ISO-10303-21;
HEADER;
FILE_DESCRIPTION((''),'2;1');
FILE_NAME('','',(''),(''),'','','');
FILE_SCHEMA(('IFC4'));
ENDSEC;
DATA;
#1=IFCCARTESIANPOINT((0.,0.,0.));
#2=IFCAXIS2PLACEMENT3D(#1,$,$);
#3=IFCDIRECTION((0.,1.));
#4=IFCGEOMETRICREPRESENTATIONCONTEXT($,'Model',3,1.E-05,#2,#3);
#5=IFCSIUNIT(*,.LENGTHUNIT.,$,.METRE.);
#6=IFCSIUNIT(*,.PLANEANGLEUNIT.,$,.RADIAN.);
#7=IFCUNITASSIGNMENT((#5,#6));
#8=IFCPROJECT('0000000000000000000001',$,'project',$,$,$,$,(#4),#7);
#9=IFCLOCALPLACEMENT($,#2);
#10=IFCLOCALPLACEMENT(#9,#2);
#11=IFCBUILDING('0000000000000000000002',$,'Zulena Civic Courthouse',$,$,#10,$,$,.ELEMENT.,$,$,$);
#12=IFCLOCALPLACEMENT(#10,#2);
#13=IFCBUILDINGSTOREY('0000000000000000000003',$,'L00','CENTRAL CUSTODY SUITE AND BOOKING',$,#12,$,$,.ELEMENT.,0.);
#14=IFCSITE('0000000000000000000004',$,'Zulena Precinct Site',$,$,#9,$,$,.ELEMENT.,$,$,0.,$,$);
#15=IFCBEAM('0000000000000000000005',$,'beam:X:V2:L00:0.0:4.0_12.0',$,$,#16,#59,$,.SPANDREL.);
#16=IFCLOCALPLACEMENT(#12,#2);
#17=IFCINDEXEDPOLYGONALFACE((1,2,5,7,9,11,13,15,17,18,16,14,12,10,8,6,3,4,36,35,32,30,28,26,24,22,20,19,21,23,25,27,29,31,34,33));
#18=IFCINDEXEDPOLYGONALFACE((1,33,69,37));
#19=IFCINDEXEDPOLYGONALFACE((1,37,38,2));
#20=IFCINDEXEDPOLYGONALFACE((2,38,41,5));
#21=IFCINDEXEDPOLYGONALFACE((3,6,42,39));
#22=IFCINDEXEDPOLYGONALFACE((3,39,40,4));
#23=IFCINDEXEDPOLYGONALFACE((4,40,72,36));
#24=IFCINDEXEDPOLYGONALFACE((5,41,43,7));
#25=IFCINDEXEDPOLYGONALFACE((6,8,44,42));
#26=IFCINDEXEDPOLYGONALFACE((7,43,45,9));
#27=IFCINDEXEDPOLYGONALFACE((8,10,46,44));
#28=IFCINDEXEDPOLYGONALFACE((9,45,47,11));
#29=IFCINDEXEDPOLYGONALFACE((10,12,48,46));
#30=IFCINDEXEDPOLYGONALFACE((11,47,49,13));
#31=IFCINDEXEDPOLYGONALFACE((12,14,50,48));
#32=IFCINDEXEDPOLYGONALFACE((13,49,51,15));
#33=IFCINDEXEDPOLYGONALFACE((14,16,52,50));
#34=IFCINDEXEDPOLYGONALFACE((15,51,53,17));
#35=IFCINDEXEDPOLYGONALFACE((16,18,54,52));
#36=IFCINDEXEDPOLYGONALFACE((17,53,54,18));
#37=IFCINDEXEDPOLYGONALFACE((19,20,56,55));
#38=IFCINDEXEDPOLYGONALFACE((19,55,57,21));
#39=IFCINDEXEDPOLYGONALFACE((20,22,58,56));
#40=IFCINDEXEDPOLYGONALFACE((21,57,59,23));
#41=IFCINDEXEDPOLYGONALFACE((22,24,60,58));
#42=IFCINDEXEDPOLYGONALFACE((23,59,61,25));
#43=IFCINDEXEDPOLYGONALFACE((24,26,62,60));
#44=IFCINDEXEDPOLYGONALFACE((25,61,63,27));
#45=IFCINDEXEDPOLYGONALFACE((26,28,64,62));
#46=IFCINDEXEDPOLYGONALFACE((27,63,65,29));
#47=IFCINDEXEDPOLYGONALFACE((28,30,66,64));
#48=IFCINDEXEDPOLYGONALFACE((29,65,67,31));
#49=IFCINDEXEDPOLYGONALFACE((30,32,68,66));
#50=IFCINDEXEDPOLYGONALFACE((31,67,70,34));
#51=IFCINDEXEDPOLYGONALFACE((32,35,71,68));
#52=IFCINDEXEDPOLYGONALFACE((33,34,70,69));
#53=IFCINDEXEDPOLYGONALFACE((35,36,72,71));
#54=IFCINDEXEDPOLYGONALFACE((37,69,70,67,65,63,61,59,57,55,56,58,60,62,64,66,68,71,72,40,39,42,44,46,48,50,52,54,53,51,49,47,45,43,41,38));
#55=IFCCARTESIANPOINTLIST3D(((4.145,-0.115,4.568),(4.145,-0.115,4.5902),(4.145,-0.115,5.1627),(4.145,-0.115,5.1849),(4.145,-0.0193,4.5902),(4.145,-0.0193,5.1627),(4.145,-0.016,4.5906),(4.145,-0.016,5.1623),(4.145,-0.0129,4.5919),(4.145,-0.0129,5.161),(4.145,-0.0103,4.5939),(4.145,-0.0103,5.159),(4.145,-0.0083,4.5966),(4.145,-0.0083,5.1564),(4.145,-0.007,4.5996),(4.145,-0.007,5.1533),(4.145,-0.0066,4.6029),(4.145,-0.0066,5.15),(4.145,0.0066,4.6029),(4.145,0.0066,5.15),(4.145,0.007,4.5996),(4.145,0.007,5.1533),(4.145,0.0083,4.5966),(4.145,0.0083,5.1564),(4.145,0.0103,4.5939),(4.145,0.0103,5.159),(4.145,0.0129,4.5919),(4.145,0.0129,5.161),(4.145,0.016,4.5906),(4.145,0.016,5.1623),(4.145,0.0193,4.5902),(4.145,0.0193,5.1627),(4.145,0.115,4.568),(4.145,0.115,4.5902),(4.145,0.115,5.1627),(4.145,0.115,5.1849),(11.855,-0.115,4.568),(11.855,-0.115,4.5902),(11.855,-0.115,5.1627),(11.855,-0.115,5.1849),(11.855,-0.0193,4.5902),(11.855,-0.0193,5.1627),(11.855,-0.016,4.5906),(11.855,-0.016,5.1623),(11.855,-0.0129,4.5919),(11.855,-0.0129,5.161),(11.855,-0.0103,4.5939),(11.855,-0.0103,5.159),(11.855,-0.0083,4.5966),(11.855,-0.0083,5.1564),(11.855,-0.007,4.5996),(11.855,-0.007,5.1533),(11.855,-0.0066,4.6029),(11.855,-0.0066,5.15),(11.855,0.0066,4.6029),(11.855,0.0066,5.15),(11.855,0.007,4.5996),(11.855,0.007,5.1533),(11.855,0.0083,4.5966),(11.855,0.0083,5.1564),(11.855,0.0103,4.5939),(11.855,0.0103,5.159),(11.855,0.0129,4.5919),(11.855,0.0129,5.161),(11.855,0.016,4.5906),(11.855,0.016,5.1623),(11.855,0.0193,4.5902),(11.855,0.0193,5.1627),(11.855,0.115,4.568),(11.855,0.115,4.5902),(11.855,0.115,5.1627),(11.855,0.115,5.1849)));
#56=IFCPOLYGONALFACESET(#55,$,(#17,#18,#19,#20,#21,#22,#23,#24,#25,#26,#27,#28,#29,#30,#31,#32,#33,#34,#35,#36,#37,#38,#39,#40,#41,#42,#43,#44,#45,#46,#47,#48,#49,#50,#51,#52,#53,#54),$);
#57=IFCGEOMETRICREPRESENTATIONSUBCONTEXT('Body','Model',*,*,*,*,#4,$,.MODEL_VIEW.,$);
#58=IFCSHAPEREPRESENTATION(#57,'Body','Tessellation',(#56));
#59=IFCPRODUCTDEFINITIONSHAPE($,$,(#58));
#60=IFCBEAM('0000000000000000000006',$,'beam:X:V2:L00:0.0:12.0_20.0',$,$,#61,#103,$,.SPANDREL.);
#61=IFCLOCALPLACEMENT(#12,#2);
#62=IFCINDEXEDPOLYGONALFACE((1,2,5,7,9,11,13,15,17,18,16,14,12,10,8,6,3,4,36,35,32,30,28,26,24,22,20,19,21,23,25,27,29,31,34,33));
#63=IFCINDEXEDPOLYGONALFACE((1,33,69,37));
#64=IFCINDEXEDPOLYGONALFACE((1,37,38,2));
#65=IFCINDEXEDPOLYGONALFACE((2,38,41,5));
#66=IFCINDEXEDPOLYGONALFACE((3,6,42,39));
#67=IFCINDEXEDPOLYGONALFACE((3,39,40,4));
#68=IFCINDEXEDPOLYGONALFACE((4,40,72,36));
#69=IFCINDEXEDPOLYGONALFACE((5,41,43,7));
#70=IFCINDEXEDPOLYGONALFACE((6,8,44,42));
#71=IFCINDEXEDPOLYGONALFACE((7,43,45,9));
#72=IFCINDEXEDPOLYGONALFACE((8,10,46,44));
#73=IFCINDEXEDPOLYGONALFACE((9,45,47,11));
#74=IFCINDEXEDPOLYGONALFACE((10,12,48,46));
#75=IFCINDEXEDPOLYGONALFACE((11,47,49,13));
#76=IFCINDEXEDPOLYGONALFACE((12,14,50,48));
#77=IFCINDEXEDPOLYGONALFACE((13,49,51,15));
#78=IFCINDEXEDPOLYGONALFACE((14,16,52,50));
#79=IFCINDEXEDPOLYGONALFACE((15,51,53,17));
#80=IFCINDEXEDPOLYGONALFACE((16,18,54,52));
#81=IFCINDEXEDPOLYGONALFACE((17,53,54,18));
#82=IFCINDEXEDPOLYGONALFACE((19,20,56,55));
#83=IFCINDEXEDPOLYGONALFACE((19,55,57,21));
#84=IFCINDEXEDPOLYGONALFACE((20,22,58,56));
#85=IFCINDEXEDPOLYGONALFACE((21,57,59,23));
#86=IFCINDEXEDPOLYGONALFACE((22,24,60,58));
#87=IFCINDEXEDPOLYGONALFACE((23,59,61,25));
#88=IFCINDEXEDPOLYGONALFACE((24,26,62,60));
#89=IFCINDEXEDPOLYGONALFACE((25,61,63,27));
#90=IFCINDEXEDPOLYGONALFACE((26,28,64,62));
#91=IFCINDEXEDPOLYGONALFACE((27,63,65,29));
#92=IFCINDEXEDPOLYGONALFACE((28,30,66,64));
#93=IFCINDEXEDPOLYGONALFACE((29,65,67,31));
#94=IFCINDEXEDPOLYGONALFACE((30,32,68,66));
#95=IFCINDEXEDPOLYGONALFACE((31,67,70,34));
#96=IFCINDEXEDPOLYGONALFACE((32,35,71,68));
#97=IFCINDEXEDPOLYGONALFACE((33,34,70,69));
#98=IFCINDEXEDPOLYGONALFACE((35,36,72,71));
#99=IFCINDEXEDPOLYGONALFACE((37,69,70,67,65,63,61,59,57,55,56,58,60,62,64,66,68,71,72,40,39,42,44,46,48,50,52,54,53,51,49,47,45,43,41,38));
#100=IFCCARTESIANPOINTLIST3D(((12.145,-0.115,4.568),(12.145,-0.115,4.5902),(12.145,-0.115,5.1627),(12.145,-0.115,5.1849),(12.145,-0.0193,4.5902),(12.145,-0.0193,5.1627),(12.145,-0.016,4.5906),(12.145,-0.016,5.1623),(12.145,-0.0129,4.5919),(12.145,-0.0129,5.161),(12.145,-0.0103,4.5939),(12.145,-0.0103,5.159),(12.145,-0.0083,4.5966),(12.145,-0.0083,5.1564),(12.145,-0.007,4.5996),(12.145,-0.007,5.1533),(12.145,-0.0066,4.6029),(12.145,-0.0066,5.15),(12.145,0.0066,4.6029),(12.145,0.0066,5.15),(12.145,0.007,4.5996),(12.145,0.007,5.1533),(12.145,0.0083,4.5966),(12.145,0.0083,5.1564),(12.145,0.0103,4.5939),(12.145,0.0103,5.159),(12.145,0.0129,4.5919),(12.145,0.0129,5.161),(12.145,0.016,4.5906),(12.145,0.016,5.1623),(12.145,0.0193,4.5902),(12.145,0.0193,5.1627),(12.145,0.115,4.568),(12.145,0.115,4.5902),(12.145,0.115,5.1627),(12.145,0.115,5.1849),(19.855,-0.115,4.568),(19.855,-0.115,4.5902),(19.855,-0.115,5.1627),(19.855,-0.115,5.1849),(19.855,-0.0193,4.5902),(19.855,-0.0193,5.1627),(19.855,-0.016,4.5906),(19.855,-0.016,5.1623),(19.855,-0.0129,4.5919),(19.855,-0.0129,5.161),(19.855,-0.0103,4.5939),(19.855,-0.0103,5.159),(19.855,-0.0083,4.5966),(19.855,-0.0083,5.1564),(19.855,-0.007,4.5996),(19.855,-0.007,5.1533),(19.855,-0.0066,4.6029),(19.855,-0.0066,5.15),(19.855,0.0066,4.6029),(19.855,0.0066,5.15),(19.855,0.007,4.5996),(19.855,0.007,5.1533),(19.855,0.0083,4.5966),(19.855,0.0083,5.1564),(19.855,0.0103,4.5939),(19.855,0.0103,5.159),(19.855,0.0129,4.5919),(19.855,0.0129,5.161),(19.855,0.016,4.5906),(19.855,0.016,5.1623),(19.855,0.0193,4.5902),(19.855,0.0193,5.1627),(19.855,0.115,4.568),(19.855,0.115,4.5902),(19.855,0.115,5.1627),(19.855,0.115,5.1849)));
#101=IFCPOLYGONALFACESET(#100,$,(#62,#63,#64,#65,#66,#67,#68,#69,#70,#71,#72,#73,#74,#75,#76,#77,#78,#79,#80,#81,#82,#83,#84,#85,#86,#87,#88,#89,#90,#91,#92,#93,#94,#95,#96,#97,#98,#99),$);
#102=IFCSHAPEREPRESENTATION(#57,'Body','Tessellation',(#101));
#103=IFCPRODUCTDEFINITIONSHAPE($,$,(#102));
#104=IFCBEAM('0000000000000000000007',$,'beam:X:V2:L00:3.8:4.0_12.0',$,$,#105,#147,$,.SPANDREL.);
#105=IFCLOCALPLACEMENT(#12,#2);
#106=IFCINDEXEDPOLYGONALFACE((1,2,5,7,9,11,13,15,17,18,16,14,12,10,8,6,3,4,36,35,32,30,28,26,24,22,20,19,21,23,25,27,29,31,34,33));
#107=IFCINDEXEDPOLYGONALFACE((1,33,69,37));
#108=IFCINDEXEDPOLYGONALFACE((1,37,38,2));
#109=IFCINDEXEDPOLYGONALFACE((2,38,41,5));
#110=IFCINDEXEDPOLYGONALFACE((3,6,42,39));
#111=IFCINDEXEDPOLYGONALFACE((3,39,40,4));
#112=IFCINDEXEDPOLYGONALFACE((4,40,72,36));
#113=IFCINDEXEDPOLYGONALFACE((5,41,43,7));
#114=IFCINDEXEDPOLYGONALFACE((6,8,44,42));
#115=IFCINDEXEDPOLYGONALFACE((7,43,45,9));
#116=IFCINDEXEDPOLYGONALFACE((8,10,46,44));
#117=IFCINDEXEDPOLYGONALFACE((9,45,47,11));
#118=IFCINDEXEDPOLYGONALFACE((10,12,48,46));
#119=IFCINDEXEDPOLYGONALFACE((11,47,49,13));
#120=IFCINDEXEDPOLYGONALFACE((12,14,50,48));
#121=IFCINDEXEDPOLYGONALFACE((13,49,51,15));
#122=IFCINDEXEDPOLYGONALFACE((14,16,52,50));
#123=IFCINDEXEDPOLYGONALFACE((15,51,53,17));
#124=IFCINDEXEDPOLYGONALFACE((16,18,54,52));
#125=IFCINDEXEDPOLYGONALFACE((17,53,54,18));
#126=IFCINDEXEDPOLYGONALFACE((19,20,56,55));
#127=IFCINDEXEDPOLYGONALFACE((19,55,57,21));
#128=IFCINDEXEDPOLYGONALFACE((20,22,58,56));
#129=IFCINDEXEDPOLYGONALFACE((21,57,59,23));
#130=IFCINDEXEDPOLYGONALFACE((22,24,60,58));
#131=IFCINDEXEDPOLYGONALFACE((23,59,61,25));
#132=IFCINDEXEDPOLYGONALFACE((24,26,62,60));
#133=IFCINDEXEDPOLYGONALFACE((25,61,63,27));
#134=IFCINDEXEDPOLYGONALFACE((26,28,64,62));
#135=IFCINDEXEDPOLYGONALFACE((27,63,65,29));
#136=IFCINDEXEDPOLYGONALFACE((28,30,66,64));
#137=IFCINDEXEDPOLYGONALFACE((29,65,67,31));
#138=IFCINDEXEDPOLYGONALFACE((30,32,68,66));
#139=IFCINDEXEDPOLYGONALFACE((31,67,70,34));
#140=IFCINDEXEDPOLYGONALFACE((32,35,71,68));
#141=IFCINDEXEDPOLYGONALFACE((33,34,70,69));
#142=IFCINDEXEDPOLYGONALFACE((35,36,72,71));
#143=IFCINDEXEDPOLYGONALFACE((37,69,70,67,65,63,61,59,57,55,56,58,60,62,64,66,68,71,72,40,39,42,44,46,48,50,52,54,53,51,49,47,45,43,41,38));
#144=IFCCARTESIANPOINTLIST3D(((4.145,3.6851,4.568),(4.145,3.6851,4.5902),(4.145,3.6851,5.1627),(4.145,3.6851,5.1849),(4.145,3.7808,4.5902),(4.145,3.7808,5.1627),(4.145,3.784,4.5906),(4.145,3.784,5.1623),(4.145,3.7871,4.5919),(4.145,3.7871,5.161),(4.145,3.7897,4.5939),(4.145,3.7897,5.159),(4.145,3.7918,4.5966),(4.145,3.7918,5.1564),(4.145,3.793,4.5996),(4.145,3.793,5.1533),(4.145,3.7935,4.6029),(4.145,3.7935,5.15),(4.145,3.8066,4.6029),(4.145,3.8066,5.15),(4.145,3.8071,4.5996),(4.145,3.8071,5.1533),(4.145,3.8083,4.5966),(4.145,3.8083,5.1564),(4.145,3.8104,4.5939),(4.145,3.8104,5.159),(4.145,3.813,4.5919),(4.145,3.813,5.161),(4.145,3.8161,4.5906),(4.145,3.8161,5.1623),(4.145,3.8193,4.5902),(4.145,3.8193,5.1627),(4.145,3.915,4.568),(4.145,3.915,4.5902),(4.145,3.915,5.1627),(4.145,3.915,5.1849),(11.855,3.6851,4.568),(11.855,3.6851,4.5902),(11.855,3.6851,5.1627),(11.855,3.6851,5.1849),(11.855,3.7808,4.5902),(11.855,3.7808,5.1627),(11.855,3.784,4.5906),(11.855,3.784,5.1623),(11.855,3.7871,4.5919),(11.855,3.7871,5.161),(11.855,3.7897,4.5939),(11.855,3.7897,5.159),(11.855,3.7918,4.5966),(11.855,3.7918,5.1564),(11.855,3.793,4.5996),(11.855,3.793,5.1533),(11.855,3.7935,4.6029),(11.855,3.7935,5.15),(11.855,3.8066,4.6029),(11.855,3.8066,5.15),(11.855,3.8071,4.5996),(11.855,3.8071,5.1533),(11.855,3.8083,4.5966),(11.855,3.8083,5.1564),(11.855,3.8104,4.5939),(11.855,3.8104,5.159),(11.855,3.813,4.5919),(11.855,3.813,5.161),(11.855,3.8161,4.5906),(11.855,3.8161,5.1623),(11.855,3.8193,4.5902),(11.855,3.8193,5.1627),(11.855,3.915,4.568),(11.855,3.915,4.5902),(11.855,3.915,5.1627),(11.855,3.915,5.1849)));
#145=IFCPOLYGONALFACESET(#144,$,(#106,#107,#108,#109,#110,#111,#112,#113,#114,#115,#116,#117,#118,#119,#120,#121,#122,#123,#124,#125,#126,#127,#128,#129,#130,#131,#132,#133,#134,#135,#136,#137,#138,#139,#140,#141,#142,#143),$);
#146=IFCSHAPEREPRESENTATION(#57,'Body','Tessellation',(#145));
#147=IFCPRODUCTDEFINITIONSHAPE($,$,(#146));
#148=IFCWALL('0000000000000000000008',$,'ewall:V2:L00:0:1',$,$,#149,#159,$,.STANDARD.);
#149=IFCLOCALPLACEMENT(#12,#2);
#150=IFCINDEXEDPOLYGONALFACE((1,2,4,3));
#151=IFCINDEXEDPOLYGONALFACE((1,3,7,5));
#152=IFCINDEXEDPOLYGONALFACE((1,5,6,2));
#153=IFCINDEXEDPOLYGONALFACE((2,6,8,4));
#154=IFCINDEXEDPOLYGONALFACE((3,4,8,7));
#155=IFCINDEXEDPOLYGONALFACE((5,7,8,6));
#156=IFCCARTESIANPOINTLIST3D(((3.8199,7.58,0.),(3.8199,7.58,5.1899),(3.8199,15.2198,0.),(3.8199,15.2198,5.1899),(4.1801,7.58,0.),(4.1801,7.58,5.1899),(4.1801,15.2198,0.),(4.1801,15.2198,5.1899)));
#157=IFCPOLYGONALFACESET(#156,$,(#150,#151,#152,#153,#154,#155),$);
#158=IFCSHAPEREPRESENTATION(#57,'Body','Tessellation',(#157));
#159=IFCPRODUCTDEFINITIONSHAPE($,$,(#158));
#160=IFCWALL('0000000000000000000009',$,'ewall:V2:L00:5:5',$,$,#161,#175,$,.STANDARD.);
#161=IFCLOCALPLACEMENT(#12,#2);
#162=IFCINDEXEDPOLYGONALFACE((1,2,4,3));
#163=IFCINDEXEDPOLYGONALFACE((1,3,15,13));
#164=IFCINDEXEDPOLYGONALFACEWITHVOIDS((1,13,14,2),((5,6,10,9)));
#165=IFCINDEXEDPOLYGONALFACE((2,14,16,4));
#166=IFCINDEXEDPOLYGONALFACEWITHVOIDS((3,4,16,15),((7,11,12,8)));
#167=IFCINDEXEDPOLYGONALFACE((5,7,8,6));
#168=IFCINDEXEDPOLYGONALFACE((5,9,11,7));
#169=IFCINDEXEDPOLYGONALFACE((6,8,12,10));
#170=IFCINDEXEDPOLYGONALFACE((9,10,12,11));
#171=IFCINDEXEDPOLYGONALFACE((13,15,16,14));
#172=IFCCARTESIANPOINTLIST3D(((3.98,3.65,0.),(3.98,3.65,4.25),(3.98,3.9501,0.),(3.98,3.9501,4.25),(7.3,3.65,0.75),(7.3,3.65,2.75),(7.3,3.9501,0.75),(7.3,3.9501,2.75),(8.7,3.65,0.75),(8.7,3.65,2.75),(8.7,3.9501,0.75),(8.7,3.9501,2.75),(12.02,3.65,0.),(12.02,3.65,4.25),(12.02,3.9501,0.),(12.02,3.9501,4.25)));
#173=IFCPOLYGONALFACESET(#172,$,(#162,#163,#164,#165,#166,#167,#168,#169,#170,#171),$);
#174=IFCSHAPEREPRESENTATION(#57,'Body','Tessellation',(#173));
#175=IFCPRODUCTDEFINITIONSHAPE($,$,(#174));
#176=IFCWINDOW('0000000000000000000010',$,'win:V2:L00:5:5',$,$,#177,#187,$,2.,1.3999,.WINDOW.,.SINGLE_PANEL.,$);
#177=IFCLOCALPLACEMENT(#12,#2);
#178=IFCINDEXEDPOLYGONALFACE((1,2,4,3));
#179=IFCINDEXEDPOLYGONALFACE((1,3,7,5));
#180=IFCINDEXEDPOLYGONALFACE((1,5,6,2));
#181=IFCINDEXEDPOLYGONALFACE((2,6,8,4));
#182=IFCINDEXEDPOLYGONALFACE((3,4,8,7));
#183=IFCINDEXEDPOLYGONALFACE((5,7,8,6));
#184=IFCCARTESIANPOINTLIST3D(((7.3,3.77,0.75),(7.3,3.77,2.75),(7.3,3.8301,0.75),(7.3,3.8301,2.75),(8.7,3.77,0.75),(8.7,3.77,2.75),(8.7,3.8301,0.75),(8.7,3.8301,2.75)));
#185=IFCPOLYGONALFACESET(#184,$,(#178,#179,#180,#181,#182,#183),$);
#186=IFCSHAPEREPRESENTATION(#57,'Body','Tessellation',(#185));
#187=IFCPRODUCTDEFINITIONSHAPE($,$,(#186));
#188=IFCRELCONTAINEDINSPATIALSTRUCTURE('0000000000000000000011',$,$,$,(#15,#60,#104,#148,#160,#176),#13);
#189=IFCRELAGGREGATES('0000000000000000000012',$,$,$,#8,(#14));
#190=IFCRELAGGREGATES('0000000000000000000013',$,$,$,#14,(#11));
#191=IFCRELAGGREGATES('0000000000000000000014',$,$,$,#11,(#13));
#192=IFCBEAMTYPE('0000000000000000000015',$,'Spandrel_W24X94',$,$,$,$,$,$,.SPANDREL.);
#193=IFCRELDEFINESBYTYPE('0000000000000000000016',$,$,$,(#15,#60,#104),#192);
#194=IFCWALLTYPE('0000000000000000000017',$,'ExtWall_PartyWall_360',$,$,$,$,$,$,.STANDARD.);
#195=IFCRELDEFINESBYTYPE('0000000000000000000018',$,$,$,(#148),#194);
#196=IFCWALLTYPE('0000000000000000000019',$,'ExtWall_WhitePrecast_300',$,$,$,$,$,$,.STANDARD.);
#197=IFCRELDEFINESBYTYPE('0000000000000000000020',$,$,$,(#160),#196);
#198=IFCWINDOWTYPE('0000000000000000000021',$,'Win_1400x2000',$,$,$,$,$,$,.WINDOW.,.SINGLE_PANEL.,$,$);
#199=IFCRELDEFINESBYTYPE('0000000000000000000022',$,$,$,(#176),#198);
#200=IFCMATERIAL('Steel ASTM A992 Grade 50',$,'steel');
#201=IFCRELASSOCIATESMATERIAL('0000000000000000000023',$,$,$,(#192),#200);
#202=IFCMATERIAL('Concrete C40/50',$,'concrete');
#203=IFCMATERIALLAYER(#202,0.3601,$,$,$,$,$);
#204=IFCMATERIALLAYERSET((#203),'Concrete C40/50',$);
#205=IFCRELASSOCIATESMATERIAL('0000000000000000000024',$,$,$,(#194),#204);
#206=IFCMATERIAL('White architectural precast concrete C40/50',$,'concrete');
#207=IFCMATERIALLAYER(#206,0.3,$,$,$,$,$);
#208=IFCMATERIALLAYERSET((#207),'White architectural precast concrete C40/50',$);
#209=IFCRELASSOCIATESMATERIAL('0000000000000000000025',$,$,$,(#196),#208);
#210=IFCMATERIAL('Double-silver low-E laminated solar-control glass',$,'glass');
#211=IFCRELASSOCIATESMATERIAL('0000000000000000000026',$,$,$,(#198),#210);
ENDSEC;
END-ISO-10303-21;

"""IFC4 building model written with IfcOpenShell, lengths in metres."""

from ifc_helpers import new_model, si_unit, direction, frame, frame_2d, origin, origin_2d, place, context, subcontext, project, spatial, rectangle, i_section, extrude, material, layer, layer_set, material_profile, profile_set, type_object, element, fill, save


model = new_model("IFC4")

# Units and contexts
model_context = context("Model", 3, precision=1e-05, world=origin(), true_north=direction((0.0, 1.0)))
body_context = subcontext(model_context, "Body", "Model", "MODEL_VIEW")
ifc_project = project(units=[si_unit("LENGTHUNIT", "METRE"), si_unit("PLANEANGLEUNIT", "RADIAN")], contexts=[model_context])

# Site, building, storey
site_placement = place(None, origin())
site = spatial("IfcSite", under=ifc_project, at=site_placement, Name="Zulena Precinct Site", CompositionType="ELEMENT", RefElevation=0.0)
building_placement = place(site_placement, origin())
building = spatial("IfcBuilding", under=site, at=building_placement, Name="Zulena Civic Courthouse", CompositionType="ELEMENT")
storey_placement = place(building_placement, origin())
storey = spatial("IfcBuildingStorey", under=building, at=storey_placement, Name="L00", Description="CENTRAL CUSTODY SUITE AND BOOKING", CompositionType="ELEMENT", Elevation=0.0)

# Shared definitions
ifc_material_1 = material(Name="Concrete C40/50", Category="concrete")

# Shared definitions
ifc_material_2 = material(Name="Steel ASTM A992 Grade 50", Category="steel")

# Beams
ifc_material_profile_1 = material_profile(ifc_material_2, i_section(OverallWidth=0.23, OverallDepth=0.6169, WebThickness=0.0132, FlangeThickness=0.0222, FilletRadius=0.0127, at=origin_2d()), Name="W24X94")
ifc_profile_set_1 = profile_set([ifc_material_profile_1], Name="Steel ASTM A992 Grade 50")
beam_type_1 = type_object("IfcBeamType", Name="Spandrel_W24X94", PredefinedType="SPANDREL", material=ifc_profile_set_1)
for number, where, z_axis, x_axis, name in (
    (1, (4.145, 0.0, 4.8765), (1.0, 0.0, 0.0), (0.0, 1.0, 0.0), "beam:X:V2:L00:0.0:4.0_12.0"),
    (2, (12.145, 0.0, 4.8765), (1.0, 0.0, 0.0), (0.0, 1.0, 0.0), "beam:X:V2:L00:0.0:12.0_20.0"),
    (3, (4.145, 3.8, 4.8765), (1.0, 0.0, 0.0), (0.0, 1.0, 0.0), "beam:X:V2:L00:3.8:4.0_12.0"),
):
    element("IfcBeam", number, at=place(storey_placement, frame(where, z_axis=z_axis, x_axis=x_axis)), inside=storey, type_object=beam_type_1, Name=name, PredefinedType="SPANDREL", context=body_context, shape_type="SweptSolid", body=[
        extrude(i_section(OverallWidth=0.23, OverallDepth=0.6169, WebThickness=0.0132, FlangeThickness=0.0222, FilletRadius=0.0127, at=origin_2d()), origin(), (0.0, 0.0, 1.0), 7.71),
    ])

# Wall
ifc_layer_1 = layer(ifc_material_1, 0.3601)
ifc_layer_set_1 = layer_set([ifc_layer_1], Name="Concrete C40/50")
wall_type_1 = type_object("IfcWallType", Name="ExtWall_PartyWall_360", PredefinedType="STANDARD", material=ifc_layer_set_1)
wall_1_placement = place(storey_placement, frame((4.0, 7.5801, 0.0), z_axis=(0.0, 0.0, 1.0), x_axis=(0.0, 1.0, 0.0)))
element("IfcWall", 4, at=wall_1_placement, inside=storey, type_object=wall_type_1, Name="ewall:V2:L00:0:1", PredefinedType="STANDARD", context=body_context, shape_type="SweptSolid", body=[
    extrude(rectangle(XDim=7.6399, YDim=0.3601, at=frame_2d((3.8198, 0.0))), origin(), (0.0, 0.0, 1.0), 5.1899),
])

# Wall, opening, window
ifc_material_3 = material(Name="White architectural precast concrete C40/50", Category="concrete")
ifc_layer_2 = layer(ifc_material_3, 0.3)
ifc_layer_set_2 = layer_set([ifc_layer_2], Name="White architectural precast concrete C40/50")
wall_type_2 = type_object("IfcWallType", Name="ExtWall_WhitePrecast_300", PredefinedType="STANDARD", material=ifc_layer_set_2)
wall_2_placement = place(storey_placement, frame((12.02, 3.8, 0.0), z_axis=(0.0, 0.0, 1.0), x_axis=(-1.0, 0.0, 0.0)))
wall_2 = element("IfcWall", 5, at=wall_2_placement, inside=storey, type_object=wall_type_2, Name="ewall:V2:L00:5:5", PredefinedType="STANDARD", context=body_context, shape_type="SweptSolid", body=[
    extrude(rectangle(XDim=8.04, YDim=0.3, at=frame_2d((4.02, 0.0))), origin(), (0.0, 0.0, 1.0), 4.25),
])
opening_placement = place(wall_2_placement, frame((3.3201, 0.0, 0.75)))
opening = element("IfcOpeningElement", 6, at=opening_placement, cuts=wall_2, PredefinedType="OPENING", context=body_context, shape_type="SweptSolid", body=[
    extrude(rectangle(XDim=1.3999, YDim=2.0, at=frame_2d((0.7, 1.0))), frame((0.0, 0.1599, 0.0), z_axis=(0.0, -1.0, 0.0), x_axis=(1.0, 0.0, 0.0)), (0.0, 0.0, 1.0), 0.3201),
])
ifc_material_4 = material(Name="Double-silver low-E laminated solar-control glass", Category="glass")
window_type = type_object("IfcWindowType", Name="Win_1400x2000", PartitioningType="SINGLE_PANEL", PredefinedType="WINDOW", material=ifc_material_4)
window_placement = place(opening_placement, origin())
window = element("IfcWindow", 7, at=window_placement, inside=storey, type_object=window_type, Name="win:V2:L00:5:5", OverallHeight=2.0, OverallWidth=1.3999, PartitioningType="SINGLE_PANEL", PredefinedType="WINDOW", context=body_context, shape_type="SweptSolid", body=[
    extrude(rectangle(XDim=1.3999, YDim=2.0, at=frame_2d((0.7, 1.0))), frame((0.0, 0.03, 0.0), z_axis=(0.0, -1.0, 0.0), x_axis=(1.0, 0.0, 0.0)), (0.0, 0.0, 1.0), 0.0601),
])
fill(opening, window)

save(model, "model.ifc")
